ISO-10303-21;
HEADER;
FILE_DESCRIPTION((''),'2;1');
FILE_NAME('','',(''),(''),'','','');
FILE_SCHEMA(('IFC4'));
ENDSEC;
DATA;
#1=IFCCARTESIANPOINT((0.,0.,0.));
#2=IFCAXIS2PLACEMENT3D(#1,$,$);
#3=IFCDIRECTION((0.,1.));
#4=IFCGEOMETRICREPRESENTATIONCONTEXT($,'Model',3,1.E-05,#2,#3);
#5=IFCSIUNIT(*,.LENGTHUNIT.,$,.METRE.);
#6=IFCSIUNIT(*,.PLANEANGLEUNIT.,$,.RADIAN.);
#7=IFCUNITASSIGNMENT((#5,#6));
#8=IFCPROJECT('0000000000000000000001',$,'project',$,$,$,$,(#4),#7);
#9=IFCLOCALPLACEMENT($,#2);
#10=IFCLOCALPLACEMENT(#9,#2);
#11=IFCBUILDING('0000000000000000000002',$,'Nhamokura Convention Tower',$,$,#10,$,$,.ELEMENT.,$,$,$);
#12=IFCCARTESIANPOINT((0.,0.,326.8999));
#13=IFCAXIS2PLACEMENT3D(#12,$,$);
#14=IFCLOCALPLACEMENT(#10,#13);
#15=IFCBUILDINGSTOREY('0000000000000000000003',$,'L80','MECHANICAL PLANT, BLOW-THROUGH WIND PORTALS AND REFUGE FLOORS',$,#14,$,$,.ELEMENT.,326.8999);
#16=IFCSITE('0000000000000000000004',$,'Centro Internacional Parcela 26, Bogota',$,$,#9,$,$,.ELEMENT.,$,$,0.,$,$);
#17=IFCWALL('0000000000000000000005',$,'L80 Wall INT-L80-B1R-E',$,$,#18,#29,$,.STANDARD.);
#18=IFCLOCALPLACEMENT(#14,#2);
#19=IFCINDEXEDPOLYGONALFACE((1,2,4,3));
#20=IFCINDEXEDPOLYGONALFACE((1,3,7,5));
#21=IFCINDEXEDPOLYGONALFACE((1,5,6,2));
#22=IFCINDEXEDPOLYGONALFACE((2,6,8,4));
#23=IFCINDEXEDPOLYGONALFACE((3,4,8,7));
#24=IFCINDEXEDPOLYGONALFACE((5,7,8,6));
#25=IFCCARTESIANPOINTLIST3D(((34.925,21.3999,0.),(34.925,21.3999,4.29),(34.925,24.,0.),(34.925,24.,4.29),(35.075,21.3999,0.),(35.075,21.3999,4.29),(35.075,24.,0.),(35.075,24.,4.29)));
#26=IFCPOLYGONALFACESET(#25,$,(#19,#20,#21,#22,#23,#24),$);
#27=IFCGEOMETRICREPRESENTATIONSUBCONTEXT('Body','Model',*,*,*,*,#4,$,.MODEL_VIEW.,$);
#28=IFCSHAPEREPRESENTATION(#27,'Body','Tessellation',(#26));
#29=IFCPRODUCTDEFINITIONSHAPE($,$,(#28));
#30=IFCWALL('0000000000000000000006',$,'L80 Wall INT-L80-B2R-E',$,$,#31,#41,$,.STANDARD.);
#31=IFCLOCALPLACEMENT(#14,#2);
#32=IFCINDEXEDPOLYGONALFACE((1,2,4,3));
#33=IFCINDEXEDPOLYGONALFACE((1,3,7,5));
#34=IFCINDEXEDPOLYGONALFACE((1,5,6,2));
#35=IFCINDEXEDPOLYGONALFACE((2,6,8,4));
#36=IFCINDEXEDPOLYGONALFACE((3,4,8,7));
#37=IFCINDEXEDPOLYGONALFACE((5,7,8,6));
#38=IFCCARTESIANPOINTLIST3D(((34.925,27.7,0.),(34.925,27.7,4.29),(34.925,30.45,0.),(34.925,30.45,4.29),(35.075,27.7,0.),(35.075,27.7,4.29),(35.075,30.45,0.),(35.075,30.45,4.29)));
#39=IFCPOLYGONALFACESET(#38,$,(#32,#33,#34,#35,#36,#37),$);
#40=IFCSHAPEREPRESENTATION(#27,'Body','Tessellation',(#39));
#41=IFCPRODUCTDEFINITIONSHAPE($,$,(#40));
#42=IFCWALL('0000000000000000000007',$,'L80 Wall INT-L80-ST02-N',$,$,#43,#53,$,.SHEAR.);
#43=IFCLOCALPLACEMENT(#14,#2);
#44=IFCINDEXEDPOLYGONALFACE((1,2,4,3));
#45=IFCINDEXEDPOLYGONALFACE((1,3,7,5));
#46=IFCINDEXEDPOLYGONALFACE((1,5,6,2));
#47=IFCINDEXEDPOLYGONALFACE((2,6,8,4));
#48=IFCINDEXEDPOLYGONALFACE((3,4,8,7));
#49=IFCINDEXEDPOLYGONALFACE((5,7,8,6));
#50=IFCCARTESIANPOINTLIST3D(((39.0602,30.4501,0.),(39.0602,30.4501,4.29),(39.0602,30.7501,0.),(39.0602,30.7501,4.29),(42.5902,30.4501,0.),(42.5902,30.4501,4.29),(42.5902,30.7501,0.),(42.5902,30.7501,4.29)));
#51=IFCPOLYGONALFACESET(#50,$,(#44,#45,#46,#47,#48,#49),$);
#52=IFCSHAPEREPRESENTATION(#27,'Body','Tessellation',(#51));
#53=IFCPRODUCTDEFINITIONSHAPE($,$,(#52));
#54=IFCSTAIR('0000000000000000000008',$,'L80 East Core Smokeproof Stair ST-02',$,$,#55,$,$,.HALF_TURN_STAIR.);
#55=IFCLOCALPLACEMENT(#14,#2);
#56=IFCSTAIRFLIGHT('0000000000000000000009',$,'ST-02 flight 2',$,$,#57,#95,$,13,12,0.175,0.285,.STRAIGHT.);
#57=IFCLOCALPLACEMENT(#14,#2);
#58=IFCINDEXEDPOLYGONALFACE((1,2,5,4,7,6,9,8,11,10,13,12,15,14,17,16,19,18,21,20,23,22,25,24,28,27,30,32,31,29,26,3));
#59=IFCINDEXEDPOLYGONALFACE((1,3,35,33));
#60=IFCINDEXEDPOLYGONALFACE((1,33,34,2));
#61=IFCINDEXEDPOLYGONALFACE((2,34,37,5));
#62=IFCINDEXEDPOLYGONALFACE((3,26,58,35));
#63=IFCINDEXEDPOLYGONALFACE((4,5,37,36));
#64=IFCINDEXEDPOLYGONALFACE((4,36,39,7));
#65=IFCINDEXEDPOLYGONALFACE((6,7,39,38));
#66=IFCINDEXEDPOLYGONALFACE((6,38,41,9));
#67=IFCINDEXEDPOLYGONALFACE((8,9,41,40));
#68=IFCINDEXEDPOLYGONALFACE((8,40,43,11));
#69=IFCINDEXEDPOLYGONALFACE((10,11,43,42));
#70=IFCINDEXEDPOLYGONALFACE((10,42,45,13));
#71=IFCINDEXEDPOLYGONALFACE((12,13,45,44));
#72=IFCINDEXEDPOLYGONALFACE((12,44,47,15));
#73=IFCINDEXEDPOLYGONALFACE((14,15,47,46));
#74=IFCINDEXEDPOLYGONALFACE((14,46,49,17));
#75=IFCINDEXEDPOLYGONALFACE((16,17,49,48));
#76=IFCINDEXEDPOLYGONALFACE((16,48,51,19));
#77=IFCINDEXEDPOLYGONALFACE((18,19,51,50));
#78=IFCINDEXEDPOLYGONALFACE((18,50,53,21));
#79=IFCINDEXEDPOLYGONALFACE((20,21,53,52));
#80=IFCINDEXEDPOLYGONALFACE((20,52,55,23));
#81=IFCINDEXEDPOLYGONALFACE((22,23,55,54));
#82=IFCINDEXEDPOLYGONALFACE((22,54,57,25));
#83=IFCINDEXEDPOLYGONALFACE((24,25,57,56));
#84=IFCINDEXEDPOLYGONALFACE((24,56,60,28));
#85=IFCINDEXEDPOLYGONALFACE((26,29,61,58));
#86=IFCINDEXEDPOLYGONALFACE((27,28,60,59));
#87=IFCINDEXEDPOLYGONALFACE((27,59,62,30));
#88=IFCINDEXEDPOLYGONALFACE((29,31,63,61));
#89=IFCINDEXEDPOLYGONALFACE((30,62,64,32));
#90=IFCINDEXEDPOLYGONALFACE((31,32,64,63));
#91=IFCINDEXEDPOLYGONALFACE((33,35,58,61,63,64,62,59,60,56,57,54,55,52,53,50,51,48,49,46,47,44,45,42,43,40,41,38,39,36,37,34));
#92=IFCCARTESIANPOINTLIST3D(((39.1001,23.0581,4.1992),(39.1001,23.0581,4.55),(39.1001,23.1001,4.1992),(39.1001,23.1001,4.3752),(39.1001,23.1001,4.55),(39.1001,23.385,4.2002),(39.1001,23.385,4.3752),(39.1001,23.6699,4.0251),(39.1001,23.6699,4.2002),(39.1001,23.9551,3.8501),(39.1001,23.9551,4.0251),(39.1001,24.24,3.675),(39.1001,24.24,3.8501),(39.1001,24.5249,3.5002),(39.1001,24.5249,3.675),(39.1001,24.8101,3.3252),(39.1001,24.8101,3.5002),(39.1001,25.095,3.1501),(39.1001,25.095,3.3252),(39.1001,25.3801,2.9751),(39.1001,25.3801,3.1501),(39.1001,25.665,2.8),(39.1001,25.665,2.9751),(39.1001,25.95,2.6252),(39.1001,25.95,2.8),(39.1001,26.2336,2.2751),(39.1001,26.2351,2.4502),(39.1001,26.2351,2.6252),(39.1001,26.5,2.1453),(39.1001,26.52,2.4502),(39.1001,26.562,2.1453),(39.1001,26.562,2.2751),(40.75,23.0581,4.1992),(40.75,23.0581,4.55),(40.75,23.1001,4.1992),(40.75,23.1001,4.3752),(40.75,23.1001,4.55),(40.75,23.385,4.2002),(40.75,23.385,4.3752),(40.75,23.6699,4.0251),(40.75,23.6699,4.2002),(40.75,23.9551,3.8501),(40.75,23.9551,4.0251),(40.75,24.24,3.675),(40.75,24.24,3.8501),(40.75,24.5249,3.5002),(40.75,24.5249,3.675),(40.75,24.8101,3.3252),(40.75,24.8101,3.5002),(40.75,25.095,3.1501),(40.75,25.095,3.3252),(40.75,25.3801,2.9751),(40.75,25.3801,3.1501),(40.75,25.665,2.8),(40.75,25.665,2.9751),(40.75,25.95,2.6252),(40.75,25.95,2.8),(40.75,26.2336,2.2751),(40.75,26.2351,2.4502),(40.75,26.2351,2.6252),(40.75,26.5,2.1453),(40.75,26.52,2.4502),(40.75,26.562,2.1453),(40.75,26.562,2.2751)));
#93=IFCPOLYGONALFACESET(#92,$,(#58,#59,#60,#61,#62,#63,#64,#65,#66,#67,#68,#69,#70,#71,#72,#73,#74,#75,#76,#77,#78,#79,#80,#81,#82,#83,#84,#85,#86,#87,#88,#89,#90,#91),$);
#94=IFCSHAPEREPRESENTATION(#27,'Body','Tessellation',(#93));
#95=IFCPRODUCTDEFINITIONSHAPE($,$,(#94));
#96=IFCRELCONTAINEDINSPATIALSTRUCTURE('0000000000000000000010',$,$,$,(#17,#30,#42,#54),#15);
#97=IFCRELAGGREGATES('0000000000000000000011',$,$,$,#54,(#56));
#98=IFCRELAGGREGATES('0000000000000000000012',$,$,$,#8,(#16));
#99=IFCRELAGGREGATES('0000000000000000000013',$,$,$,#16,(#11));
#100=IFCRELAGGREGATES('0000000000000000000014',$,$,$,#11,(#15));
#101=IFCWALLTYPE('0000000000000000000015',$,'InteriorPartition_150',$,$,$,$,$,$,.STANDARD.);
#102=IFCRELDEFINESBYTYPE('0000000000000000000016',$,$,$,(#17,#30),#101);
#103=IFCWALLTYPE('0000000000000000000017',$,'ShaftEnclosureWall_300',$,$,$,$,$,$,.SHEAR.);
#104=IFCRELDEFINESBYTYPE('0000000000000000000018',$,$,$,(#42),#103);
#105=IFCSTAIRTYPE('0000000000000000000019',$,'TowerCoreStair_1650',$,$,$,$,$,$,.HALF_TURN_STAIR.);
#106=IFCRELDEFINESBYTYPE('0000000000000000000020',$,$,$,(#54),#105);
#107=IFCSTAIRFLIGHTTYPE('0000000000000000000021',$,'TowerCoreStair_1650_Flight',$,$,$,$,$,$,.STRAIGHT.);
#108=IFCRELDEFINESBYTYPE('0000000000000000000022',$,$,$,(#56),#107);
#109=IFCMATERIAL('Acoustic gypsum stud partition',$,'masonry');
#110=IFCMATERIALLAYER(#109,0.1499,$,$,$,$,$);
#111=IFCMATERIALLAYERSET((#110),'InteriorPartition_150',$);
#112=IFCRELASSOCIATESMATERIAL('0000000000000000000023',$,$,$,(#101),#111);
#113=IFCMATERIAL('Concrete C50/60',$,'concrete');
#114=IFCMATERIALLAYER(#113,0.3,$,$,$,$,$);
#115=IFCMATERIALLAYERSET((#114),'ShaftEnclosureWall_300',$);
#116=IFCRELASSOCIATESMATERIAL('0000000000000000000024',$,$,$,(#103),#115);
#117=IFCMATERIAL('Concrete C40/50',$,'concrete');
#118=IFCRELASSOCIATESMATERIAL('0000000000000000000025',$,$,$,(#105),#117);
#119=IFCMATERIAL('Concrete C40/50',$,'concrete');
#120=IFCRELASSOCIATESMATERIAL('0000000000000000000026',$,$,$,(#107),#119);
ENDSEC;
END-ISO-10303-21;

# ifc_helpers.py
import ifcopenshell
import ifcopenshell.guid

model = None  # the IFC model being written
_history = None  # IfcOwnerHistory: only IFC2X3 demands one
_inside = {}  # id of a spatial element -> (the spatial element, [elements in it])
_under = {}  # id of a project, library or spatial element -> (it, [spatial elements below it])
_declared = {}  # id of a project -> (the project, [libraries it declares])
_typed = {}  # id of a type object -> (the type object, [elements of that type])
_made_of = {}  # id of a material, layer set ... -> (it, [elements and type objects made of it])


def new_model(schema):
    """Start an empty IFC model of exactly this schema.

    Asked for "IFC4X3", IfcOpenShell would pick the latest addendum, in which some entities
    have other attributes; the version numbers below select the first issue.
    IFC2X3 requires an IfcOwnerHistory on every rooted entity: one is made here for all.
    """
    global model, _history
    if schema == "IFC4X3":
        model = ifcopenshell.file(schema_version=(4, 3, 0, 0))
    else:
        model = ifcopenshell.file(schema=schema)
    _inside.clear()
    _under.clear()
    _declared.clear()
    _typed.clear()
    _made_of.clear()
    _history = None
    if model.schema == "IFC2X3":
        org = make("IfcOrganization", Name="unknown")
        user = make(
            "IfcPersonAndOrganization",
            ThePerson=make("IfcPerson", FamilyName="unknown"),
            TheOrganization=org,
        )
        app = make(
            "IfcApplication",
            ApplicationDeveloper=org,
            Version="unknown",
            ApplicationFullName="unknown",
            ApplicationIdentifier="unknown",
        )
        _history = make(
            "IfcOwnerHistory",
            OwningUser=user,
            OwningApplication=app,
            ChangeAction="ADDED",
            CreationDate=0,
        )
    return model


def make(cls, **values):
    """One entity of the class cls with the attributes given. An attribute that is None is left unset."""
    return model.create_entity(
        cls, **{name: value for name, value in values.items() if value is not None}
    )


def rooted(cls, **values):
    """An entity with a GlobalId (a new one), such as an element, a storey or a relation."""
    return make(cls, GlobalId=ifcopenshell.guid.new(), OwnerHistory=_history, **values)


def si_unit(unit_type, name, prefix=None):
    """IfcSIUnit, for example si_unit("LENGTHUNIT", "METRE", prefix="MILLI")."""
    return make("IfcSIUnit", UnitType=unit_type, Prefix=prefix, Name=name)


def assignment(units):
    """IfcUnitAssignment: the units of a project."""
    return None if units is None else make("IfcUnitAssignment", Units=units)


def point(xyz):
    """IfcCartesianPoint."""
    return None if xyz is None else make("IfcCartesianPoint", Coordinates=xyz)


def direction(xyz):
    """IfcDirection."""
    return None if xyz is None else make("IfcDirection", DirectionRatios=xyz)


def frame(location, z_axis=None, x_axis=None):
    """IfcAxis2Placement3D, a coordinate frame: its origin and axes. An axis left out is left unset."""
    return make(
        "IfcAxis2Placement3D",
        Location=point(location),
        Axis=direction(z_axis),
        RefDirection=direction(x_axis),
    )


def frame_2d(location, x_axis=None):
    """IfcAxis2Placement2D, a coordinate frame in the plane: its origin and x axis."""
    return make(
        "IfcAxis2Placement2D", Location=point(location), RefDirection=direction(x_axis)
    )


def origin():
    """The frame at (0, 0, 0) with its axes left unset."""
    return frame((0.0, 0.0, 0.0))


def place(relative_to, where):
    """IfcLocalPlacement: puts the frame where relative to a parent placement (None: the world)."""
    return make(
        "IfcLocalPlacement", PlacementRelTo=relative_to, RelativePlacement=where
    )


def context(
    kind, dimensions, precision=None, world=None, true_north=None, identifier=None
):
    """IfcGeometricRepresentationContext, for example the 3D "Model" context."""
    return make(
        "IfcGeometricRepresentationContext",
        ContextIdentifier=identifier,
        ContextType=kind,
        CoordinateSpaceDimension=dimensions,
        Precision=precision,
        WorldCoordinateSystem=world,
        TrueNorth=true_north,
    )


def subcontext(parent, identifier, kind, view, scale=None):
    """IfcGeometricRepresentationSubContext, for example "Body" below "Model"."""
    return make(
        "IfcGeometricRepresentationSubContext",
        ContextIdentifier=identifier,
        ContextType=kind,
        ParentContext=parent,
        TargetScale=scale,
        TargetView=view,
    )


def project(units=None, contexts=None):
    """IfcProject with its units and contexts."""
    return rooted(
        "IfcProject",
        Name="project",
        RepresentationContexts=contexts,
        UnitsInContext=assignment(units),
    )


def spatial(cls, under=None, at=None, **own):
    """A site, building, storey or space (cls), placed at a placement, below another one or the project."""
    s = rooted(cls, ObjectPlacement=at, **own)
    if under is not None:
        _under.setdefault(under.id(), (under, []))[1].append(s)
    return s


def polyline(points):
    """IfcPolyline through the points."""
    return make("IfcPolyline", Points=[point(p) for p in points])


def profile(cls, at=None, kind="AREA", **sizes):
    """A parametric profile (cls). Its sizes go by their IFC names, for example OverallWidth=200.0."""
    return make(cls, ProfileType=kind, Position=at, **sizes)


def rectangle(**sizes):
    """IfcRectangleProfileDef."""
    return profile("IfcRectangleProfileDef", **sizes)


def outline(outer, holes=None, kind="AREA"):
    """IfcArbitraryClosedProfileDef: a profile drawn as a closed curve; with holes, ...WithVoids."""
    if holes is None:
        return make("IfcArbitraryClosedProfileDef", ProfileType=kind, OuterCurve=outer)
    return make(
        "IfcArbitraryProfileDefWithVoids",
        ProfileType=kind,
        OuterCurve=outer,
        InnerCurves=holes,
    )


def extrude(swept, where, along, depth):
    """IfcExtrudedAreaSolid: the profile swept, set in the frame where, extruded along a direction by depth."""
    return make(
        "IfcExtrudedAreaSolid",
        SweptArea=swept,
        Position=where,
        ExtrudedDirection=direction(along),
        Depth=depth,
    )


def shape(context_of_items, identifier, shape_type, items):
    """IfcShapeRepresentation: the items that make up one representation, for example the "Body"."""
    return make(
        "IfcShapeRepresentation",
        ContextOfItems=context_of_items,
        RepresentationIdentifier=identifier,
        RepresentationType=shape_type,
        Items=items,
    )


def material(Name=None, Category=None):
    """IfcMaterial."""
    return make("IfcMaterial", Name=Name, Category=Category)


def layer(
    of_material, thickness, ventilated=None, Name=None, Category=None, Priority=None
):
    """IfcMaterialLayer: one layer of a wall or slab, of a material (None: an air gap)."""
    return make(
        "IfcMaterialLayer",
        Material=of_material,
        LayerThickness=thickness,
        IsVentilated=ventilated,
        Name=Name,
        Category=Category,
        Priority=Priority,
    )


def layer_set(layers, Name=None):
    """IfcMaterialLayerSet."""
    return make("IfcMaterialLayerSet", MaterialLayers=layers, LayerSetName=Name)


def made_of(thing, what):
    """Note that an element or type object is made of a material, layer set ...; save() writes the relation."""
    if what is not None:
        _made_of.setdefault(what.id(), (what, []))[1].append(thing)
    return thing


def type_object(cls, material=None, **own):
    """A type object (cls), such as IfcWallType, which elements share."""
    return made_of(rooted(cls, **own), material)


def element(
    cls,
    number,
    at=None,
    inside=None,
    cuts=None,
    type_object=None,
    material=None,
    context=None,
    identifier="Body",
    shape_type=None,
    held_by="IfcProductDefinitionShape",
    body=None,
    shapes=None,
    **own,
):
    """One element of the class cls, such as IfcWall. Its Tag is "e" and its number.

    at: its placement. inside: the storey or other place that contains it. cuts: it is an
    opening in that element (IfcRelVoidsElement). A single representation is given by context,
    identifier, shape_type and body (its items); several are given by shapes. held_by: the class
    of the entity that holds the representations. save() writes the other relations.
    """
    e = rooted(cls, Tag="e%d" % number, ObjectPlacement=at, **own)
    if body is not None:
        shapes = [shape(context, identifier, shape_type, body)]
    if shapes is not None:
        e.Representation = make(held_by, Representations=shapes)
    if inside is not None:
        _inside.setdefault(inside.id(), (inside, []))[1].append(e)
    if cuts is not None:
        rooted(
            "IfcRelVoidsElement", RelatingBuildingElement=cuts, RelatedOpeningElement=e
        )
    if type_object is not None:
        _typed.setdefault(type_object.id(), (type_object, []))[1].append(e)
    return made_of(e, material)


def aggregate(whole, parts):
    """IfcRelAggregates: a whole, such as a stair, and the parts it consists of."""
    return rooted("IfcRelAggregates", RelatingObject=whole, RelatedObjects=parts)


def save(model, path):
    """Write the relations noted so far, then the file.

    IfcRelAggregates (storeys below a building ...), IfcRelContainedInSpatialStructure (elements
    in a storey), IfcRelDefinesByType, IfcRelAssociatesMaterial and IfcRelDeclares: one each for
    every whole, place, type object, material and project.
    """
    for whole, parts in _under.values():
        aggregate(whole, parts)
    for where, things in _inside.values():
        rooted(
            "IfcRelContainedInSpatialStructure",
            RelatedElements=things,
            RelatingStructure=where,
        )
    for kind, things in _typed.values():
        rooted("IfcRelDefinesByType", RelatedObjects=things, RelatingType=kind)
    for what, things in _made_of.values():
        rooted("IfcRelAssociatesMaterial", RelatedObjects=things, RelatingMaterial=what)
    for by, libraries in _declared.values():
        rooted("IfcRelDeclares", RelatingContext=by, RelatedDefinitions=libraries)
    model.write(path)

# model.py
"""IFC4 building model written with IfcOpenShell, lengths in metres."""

from ifc_helpers import new_model, si_unit, direction, frame, frame_2d, origin, place, context, subcontext, project, spatial, polyline, rectangle, outline, extrude, material, layer, layer_set, type_object, element, aggregate, save


model = new_model("IFC4")

# Units and contexts
model_context = context("Model", 3, precision=1e-05, world=origin(), true_north=direction((0.0, 1.0)))
body_context = subcontext(model_context, "Body", "Model", "MODEL_VIEW")
ifc_project = project(units=[si_unit("LENGTHUNIT", "METRE"), si_unit("PLANEANGLEUNIT", "RADIAN")], contexts=[model_context])

# Site, building, storey
site_placement = place(None, origin())
site = spatial("IfcSite", under=ifc_project, at=site_placement, Name="Centro Internacional Parcela 26, Bogota", CompositionType="ELEMENT", RefElevation=0.0)
building_placement = place(site_placement, origin())
building = spatial("IfcBuilding", under=site, at=building_placement, Name="Nhamokura Convention Tower", CompositionType="ELEMENT")
storey_placement = place(building_placement, frame((0.0, 0.0, 326.8999)))
storey = spatial("IfcBuildingStorey", under=building, at=storey_placement, Name="L80", Description="MECHANICAL PLANT, BLOW-THROUGH WIND PORTALS AND REFUGE FLOORS", CompositionType="ELEMENT", Elevation=326.8999)

# Walls
ifc_material_1 = material(Name="Acoustic gypsum stud partition", Category="masonry")
ifc_layer_1 = layer(ifc_material_1, 0.1499)
ifc_layer_set_1 = layer_set([ifc_layer_1], Name="InteriorPartition_150")
wall_type_1 = type_object("IfcWallType", Name="InteriorPartition_150", PredefinedType="STANDARD", material=ifc_layer_set_1)
wall_1_placement = place(storey_placement, frame((35.0, 21.3999, 0.0), z_axis=(0.0, 0.0, 1.0), x_axis=(0.0, 1.0, 0.0)))
element("IfcWall", 1, at=wall_1_placement, inside=storey, type_object=wall_type_1, Name="L80 Wall INT-L80-B1R-E", PredefinedType="STANDARD", context=body_context, shape_type="SweptSolid", body=[
    extrude(rectangle(XDim=2.6001, YDim=0.1499, at=frame_2d((1.3, 0.0))), origin(), (0.0, 0.0, 1.0), 4.29),
])
wall_2_placement = place(storey_placement, frame((35.0, 27.7, 0.0), z_axis=(0.0, 0.0, 1.0), x_axis=(0.0, 1.0, 0.0)))
element("IfcWall", 2, at=wall_2_placement, inside=storey, type_object=wall_type_1, Name="L80 Wall INT-L80-B2R-E", PredefinedType="STANDARD", context=body_context, shape_type="SweptSolid", body=[
    extrude(rectangle(XDim=2.75, YDim=0.1499, at=frame_2d((1.375, 0.0))), origin(), (0.0, 0.0, 1.0), 4.29),
])
ifc_material_2 = material(Name="Concrete C50/60", Category="concrete")
ifc_layer_2 = layer(ifc_material_2, 0.3)
ifc_layer_set_2 = layer_set([ifc_layer_2], Name="ShaftEnclosureWall_300")
wall_type_2 = type_object("IfcWallType", Name="ShaftEnclosureWall_300", PredefinedType="SHEAR", material=ifc_layer_set_2)
wall_3_placement = place(storey_placement, frame((39.0601, 30.6001, 0.0), z_axis=(0.0, 0.0, 1.0), x_axis=(1.0, 0.0, 0.0)))
element("IfcWall", 3, at=wall_3_placement, inside=storey, type_object=wall_type_2, Name="L80 Wall INT-L80-ST02-N", PredefinedType="SHEAR", context=body_context, shape_type="SweptSolid", body=[
    extrude(rectangle(XDim=3.53, YDim=0.3, at=frame_2d((1.7651, 0.0))), origin(), (0.0, 0.0, 1.0), 4.29),
])

# Stair, stair flight
ifc_material_3 = material(Name="Concrete C40/50", Category="concrete")
stair_type = type_object("IfcStairType", Name="TowerCoreStair_1650", PredefinedType="HALF_TURN_STAIR", material=ifc_material_3)
stair_placement = place(storey_placement, origin())
stair = element("IfcStair", 4, at=stair_placement, inside=storey, type_object=stair_type, Name="L80 East Core Smokeproof Stair ST-02", PredefinedType="HALF_TURN_STAIR")
ifc_material_4 = material(Name="Concrete C40/50", Category="concrete")
stair_flight_type = type_object("IfcStairFlightType", Name="TowerCoreStair_1650_Flight", PredefinedType="STRAIGHT", material=ifc_material_4)
stair_flight_placement = place(storey_placement, frame((39.925, 26.52, 2.2751), z_axis=(0.0, 0.0, 1.0), x_axis=(0.0, -1.0, 0.0)))
stair_flight = element("IfcStairFlight", 5, at=stair_flight_placement, type_object=stair_flight_type, Name="ST-02 flight 2", NumberOfRisers=13, NumberOfTreads=12, PredefinedType="STRAIGHT", RiserHeight=0.175, TreadLength=0.285, context=body_context, shape_type="SweptSolid", body=[
    extrude(outline(polyline([(-0.042, 0.0), (0.0, 0.175), (0.2849, 0.175), (0.2849, 0.3501), (0.5701, 0.3501), (0.5701, 0.5249), (0.855, 0.5249), (0.855, 0.7), (1.1399, 0.7), (1.1399, 0.875), (1.425, 0.875), (1.425, 1.05), (1.71, 1.05), (1.71, 1.2251), (1.9951, 1.2251), (1.9951, 1.3999), (2.28, 1.3999), (2.28, 1.575), (2.5649, 1.575), (2.5649, 1.75), (2.8501, 1.75), (2.8501, 1.925), (3.135, 1.925), (3.135, 2.1001), (3.4199, 2.1001), (3.4199, 2.2749), (3.4619, 2.2749), (3.4619, 1.9241), (3.4199, 1.9241), (0.2864, 0.0), (0.02, -0.1299), (-0.042, -0.1299), (-0.042, 0.0)])), frame((0.0, 0.825, 0.0), z_axis=(0.0, -1.0, 0.0), x_axis=(1.0, 0.0, 0.0)), (0.0, 0.0, 1.0), 1.6499),
])
aggregate(stair, [stair_flight])

save(model, "model.ifc")
